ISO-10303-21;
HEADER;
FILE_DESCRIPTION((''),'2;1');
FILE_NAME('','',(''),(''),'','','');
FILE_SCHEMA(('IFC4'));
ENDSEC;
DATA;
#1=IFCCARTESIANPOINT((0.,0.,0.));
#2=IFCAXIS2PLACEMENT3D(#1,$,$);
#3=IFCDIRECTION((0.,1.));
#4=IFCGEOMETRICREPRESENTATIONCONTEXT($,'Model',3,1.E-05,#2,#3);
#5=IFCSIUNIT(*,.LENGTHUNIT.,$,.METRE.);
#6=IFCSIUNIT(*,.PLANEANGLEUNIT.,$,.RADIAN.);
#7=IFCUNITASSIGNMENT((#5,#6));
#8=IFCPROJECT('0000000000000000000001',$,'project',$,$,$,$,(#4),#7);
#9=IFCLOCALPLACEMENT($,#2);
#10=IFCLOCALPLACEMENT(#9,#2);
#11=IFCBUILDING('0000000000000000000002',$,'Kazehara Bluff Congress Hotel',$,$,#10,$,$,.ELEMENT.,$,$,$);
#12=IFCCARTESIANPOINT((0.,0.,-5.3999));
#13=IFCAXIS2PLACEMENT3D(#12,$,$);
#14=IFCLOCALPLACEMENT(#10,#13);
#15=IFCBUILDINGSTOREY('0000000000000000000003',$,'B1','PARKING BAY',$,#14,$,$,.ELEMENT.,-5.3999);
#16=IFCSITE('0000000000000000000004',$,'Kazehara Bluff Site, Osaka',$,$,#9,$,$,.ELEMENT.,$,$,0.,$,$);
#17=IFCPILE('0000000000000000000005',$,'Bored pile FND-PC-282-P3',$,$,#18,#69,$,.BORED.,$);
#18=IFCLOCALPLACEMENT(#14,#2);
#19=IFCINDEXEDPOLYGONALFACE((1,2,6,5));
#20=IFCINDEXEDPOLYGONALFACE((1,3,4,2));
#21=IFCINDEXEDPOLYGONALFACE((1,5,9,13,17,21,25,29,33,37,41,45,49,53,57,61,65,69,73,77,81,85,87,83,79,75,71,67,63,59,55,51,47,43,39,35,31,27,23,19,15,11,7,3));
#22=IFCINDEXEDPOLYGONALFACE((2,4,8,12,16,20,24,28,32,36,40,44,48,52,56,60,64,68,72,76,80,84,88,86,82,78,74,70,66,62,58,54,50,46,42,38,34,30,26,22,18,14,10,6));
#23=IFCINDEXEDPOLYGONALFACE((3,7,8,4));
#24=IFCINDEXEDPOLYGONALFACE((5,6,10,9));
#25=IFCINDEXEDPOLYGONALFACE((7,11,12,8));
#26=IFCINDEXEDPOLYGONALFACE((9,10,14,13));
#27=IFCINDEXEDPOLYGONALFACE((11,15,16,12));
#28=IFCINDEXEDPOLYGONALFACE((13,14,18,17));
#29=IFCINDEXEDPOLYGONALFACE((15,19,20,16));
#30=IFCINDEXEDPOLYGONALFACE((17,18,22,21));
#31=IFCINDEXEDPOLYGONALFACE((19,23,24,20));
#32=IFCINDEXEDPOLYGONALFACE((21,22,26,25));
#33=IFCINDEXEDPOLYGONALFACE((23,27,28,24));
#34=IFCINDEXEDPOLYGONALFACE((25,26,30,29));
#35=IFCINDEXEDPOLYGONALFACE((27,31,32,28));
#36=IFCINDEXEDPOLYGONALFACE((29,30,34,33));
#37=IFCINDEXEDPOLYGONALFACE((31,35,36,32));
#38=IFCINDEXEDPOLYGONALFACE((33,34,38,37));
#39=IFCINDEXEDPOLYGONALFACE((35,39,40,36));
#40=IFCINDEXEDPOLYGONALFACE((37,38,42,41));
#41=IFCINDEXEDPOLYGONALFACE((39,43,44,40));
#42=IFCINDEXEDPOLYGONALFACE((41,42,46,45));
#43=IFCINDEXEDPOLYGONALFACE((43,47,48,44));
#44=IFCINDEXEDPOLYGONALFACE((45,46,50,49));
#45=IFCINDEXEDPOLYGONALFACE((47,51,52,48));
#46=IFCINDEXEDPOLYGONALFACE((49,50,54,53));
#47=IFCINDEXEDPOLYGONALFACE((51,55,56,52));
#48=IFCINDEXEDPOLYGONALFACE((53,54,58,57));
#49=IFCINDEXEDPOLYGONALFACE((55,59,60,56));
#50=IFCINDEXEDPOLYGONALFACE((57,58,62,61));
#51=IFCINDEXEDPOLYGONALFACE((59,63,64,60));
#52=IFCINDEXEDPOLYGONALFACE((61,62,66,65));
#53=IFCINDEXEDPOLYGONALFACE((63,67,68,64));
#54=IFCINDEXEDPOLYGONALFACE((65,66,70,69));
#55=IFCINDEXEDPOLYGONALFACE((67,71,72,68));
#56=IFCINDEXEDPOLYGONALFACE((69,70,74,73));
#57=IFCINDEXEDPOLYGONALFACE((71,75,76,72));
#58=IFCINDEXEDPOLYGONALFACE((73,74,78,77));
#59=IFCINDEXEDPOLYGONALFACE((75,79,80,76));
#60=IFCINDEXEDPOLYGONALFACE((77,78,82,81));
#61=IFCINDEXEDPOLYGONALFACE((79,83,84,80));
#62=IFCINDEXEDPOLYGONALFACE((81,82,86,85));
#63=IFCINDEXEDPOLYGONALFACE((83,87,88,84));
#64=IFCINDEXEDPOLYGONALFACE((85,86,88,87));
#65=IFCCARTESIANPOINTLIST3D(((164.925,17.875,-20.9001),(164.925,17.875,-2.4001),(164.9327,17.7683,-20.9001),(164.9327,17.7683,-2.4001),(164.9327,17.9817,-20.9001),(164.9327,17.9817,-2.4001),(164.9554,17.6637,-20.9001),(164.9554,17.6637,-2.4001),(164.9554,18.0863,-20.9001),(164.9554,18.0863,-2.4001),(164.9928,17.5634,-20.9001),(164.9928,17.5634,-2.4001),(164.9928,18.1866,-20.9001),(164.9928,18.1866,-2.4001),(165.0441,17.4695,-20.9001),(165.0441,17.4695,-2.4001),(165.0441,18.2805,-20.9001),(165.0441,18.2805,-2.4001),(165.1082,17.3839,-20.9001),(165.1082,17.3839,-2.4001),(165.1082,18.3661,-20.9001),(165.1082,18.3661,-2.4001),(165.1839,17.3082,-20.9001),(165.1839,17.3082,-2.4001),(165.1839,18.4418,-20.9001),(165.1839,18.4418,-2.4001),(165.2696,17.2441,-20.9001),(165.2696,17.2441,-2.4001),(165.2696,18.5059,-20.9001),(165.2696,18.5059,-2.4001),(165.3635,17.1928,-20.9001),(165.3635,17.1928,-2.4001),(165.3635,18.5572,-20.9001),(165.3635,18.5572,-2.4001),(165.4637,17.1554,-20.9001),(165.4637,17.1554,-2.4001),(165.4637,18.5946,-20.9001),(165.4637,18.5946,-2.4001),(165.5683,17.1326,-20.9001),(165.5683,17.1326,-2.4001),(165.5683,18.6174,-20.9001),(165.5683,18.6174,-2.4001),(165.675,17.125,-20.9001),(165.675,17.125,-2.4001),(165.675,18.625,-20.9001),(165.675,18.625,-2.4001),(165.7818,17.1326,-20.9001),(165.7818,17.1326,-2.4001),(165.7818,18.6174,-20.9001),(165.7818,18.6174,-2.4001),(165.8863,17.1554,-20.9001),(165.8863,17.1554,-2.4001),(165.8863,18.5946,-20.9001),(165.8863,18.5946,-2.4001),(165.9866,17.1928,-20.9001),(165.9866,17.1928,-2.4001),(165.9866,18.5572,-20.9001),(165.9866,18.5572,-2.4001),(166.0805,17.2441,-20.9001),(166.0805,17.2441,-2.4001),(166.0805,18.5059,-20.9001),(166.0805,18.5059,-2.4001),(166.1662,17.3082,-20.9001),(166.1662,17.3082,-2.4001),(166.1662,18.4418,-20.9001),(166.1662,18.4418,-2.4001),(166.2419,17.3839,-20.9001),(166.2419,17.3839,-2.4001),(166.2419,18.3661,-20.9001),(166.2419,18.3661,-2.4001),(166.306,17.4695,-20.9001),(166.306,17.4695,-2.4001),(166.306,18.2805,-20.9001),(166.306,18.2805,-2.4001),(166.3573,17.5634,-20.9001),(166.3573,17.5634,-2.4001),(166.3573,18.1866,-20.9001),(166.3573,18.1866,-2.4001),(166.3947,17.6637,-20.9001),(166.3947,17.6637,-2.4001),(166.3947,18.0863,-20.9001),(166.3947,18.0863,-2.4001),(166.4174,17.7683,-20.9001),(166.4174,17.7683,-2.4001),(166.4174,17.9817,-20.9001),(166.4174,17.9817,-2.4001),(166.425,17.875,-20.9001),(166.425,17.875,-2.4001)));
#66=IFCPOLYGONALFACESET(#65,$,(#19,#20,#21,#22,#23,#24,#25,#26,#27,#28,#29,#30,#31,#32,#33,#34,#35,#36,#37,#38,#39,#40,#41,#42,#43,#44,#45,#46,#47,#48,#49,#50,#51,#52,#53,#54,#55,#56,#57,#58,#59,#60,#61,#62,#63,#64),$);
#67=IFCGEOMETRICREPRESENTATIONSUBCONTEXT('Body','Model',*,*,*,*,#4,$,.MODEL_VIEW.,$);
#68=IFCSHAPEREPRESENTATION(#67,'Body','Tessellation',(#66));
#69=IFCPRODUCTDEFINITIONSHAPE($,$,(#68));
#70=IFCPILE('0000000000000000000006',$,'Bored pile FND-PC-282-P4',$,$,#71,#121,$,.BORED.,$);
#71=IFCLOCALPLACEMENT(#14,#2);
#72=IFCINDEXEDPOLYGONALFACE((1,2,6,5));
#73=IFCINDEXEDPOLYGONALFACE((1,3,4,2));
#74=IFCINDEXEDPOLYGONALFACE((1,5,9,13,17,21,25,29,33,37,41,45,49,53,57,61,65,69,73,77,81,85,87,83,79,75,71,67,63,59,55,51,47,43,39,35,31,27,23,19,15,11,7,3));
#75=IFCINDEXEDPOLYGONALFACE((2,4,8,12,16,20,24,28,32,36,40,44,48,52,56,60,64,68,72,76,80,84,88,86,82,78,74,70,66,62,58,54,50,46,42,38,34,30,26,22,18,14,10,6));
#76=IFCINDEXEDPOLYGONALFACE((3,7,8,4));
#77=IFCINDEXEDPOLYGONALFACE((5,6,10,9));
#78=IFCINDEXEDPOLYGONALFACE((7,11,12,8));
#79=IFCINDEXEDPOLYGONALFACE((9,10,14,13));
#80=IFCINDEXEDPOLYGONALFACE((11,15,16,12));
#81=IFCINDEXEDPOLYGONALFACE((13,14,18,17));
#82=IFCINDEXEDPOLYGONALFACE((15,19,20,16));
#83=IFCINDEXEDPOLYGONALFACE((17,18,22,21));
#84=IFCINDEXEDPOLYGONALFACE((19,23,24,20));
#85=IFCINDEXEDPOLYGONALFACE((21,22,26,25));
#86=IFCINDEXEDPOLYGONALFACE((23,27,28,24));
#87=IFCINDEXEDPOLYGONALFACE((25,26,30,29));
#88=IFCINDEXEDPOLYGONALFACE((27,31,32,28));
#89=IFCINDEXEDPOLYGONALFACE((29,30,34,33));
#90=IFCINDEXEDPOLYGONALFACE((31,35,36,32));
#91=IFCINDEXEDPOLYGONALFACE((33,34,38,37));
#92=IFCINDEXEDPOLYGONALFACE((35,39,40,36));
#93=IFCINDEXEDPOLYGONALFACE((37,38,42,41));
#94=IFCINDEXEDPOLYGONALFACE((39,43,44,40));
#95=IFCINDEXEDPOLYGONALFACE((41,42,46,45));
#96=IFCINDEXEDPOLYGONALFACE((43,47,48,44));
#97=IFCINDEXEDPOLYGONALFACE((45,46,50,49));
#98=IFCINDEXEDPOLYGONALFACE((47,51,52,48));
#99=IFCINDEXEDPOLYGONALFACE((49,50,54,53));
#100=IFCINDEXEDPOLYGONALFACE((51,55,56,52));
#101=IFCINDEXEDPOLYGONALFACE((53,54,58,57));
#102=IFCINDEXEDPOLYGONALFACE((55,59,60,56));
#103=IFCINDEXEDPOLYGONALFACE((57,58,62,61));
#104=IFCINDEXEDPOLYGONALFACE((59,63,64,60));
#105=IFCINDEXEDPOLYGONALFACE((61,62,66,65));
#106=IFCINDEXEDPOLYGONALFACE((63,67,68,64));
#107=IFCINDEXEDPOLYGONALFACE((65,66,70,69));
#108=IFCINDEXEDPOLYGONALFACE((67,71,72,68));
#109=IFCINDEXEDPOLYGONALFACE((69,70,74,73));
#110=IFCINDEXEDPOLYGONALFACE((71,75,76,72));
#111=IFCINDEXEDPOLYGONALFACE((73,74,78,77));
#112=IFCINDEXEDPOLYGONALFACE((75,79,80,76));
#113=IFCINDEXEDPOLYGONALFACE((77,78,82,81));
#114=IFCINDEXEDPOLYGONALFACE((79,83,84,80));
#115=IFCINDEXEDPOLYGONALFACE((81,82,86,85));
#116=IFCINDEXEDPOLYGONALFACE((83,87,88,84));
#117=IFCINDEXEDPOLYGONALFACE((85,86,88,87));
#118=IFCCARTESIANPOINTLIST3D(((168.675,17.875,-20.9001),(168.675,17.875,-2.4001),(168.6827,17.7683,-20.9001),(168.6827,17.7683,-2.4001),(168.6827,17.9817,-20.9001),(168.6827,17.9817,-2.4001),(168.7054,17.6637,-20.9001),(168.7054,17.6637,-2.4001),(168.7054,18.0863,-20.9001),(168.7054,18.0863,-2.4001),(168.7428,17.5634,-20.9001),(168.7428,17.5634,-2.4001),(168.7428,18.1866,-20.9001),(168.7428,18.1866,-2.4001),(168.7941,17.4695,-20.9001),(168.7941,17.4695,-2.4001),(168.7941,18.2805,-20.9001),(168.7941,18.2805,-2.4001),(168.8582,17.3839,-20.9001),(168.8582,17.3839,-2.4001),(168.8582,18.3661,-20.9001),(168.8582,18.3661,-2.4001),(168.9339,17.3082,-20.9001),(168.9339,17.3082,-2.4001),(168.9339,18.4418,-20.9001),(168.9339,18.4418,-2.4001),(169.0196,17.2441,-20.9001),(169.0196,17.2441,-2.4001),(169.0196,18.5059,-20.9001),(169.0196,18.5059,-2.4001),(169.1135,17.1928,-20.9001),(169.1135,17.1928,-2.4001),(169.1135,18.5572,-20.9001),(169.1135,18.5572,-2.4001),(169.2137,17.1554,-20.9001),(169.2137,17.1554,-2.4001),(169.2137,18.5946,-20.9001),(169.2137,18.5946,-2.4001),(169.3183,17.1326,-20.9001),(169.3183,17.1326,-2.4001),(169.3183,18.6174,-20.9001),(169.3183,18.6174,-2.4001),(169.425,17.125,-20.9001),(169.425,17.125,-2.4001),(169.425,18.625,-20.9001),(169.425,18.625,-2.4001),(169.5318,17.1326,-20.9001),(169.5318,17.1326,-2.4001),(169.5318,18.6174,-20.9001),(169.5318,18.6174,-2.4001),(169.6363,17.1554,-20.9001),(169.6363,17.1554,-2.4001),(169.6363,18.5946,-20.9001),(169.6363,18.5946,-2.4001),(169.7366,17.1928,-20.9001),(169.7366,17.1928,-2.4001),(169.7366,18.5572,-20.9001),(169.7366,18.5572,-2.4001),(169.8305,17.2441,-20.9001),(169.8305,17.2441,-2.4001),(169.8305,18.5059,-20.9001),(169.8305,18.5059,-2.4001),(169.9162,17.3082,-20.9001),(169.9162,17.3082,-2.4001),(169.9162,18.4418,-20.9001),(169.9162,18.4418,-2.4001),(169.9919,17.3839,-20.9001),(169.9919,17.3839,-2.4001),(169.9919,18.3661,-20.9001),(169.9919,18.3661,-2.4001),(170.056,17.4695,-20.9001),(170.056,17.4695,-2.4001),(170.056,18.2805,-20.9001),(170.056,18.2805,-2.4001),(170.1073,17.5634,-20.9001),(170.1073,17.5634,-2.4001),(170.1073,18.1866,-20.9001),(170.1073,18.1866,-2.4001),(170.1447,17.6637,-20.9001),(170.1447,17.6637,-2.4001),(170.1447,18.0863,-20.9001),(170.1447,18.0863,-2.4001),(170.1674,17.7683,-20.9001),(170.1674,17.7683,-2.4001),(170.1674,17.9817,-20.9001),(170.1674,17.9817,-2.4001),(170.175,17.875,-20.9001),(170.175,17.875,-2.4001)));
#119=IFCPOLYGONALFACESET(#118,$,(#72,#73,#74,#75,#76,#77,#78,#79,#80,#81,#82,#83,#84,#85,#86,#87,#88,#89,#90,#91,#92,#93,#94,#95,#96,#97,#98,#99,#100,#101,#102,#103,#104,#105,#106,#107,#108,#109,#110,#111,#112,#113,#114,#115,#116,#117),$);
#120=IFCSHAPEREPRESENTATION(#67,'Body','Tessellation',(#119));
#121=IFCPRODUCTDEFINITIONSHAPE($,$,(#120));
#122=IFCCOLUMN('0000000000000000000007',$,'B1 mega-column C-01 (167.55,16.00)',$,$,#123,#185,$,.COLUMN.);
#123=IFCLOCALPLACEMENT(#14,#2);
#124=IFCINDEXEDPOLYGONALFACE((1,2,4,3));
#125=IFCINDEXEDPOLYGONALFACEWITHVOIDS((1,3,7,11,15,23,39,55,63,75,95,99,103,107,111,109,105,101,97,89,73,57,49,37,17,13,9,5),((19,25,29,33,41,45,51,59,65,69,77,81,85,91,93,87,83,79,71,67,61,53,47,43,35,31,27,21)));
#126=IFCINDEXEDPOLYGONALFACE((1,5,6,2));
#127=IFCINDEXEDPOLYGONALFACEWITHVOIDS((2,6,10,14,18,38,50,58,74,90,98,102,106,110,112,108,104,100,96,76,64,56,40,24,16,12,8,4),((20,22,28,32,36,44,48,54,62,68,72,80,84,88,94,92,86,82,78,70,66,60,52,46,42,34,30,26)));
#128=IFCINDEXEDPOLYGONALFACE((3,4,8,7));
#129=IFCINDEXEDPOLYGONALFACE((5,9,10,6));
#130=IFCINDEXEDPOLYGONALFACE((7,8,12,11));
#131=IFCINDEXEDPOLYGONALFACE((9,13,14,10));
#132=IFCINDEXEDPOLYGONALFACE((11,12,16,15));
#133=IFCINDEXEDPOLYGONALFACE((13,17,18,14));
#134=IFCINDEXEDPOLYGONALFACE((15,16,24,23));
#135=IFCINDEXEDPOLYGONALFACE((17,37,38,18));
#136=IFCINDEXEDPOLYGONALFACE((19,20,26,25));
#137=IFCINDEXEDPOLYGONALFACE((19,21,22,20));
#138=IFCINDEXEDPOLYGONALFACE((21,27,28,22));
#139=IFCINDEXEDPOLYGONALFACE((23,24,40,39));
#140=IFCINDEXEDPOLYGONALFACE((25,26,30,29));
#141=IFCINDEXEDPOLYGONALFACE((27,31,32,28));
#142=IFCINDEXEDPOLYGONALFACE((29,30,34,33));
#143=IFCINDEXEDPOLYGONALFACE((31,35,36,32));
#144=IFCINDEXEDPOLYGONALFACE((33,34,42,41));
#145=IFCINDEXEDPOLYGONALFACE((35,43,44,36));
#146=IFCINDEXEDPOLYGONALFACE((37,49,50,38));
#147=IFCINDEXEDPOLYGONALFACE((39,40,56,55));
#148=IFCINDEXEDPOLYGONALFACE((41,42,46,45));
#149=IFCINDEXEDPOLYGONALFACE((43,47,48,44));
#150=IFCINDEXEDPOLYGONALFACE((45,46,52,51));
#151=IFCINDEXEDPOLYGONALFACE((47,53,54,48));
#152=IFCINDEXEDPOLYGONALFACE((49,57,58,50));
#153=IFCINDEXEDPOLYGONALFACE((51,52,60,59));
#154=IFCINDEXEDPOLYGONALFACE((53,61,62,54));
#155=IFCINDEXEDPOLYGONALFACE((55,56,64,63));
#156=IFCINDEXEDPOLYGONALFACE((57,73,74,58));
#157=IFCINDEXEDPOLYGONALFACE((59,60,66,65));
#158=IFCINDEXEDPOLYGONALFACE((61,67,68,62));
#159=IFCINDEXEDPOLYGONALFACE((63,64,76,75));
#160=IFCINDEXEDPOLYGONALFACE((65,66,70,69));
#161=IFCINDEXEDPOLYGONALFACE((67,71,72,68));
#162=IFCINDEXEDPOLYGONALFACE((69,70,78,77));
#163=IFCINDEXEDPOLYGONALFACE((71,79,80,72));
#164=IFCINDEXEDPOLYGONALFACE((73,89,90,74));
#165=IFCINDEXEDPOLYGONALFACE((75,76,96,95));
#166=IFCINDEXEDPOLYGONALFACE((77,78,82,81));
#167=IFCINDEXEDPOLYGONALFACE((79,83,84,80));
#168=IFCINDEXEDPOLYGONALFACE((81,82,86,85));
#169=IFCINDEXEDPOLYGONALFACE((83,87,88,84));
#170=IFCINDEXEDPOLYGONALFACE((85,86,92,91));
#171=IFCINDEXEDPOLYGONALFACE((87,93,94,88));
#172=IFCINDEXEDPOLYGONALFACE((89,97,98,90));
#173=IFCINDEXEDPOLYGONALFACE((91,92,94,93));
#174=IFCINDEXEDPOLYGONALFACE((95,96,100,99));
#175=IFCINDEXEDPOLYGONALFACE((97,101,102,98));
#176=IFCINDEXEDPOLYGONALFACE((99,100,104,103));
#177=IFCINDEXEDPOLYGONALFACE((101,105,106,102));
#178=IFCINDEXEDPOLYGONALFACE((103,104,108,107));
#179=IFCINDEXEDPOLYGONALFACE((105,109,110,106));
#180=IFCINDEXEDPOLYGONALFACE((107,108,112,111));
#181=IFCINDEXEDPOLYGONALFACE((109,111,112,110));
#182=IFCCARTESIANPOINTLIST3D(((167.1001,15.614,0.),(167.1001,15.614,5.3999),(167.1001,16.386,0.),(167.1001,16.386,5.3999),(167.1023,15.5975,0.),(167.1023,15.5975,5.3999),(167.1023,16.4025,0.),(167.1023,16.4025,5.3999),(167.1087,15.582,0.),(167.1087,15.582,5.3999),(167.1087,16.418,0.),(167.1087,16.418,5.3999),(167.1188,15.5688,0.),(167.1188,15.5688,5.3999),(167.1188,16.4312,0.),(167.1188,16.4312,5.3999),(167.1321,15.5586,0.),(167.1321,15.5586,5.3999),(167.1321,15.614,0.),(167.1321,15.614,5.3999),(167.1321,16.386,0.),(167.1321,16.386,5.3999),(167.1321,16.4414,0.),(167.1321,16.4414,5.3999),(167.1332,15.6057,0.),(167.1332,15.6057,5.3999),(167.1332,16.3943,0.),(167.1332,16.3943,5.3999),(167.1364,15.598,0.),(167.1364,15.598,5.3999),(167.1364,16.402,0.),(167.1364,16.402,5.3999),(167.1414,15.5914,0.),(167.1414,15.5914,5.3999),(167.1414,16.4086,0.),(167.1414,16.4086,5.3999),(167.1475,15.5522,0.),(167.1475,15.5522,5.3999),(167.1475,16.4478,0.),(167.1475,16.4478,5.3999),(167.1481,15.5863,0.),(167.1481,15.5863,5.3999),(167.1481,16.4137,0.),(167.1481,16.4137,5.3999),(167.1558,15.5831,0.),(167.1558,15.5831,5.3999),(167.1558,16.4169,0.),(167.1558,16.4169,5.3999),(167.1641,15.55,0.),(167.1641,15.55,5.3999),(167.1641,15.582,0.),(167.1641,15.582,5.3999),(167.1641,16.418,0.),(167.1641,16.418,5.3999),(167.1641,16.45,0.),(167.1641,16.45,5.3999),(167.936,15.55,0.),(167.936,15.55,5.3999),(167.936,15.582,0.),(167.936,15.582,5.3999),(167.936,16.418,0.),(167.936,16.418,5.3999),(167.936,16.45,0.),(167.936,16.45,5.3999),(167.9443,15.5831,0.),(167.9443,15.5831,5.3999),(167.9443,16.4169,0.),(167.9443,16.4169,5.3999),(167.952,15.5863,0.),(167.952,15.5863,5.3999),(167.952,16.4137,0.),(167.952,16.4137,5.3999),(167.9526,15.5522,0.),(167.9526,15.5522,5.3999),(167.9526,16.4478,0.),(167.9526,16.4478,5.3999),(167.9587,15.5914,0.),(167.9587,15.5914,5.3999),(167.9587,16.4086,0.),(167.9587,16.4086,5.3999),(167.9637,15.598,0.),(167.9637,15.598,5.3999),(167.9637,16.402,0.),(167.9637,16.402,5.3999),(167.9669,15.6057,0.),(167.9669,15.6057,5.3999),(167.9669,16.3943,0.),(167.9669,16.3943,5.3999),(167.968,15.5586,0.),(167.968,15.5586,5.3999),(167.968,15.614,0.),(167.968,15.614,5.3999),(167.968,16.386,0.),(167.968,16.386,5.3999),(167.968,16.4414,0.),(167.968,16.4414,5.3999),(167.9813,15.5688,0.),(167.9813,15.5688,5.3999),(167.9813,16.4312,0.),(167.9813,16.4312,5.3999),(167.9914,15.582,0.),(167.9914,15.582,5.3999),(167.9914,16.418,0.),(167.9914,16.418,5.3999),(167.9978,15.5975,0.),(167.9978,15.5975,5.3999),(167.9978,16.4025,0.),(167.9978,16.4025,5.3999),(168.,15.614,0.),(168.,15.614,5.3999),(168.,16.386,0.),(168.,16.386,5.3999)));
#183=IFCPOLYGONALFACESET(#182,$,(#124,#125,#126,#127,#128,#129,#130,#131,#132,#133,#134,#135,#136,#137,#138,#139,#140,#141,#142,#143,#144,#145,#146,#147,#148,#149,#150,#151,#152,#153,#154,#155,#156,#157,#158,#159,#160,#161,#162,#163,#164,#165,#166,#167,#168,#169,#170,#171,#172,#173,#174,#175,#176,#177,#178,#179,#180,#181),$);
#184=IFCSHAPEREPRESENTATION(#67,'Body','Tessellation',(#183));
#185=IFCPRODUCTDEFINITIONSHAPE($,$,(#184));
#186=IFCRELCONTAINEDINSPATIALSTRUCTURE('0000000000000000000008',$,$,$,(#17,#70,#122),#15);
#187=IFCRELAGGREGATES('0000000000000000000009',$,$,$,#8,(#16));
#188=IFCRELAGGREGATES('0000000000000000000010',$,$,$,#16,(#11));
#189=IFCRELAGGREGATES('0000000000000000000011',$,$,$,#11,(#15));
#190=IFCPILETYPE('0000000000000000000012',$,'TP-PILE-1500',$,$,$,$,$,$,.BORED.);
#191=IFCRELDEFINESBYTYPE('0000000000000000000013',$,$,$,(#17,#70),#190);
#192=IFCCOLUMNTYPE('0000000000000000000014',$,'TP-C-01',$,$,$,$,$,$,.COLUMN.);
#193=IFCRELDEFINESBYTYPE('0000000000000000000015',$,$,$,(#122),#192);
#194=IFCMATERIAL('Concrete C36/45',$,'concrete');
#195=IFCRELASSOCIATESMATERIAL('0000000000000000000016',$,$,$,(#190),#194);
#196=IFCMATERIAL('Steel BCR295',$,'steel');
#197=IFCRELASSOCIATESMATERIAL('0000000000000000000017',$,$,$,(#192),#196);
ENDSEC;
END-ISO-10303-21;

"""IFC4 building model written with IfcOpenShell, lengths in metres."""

from ifc_helpers import new_model, si_unit, direction, frame, origin, origin_2d, place, context, subcontext, project, spatial, hollow_rectangle, circle, extrude, material, material_profile, profile_set, type_object, element, save


model = new_model("IFC4")

# Units and contexts
model_context = context("Model", 3, precision=1e-05, world=origin(), true_north=direction((0.0, 1.0)))
body_context = subcontext(model_context, "Body", "Model", "MODEL_VIEW")
ifc_project = project(units=[si_unit("LENGTHUNIT", "METRE"), si_unit("PLANEANGLEUNIT", "RADIAN")], contexts=[model_context])

# Site, building, storey
site_placement = place(None, origin())
site = spatial("IfcSite", under=ifc_project, at=site_placement, Name="Kazehara Bluff Site, Osaka", CompositionType="ELEMENT", RefElevation=0.0)
building_placement = place(site_placement, origin())
building = spatial("IfcBuilding", under=site, at=building_placement, Name="Kazehara Bluff Congress Hotel", CompositionType="ELEMENT")
storey_placement = place(building_placement, frame((0.0, 0.0, -5.3999)))
storey = spatial("IfcBuildingStorey", under=building, at=storey_placement, Name="B1", Description="PARKING BAY", CompositionType="ELEMENT", Elevation=-5.3999)

# Piles
ifc_material_1 = material(Name="Concrete C36/45", Category="concrete")
ifc_material_profile_1 = material_profile(ifc_material_1, circle(Radius=0.75, at=origin_2d()))
ifc_profile_set_1 = profile_set([ifc_material_profile_1], Name="Concrete C36/45")
pile_type_1 = type_object("IfcPileType", Name="TP-PILE-1500", PredefinedType="BORED", material=ifc_profile_set_1)
for number, where, z_axis, x_axis, name in (
    (1, (165.675, 17.875, -2.4001), (0.0, 0.0, -1.0), (1.0, 0.0, 0.0), "Bored pile FND-PC-282-P3"),
    (2, (169.425, 17.875, -2.4001), (0.0, 0.0, -1.0), (1.0, 0.0, 0.0), "Bored pile FND-PC-282-P4"),
):
    element("IfcPile", number, at=place(storey_placement, frame(where, z_axis=z_axis, x_axis=x_axis)), inside=storey, type_object=pile_type_1, Name=name, PredefinedType="BORED", context=body_context, shape_type="SweptSolid", body=[
        extrude(circle(Radius=0.75, at=origin_2d()), origin(), (0.0, 0.0, 1.0), 18.5),
    ])

# Column
ifc_material_2 = material(Name="Steel BCR295", Category="steel")
ifc_material_profile_2 = material_profile(ifc_material_2, hollow_rectangle(XDim=0.8999, YDim=0.8999, WallThickness=0.032, InnerFilletRadius=0.032, OuterFilletRadius=0.064, at=origin_2d()))
ifc_profile_set_2 = profile_set([ifc_material_profile_2], Name="Steel BCR295")
column_type = type_object("IfcColumnType", Name="TP-C-01", PredefinedType="COLUMN", material=ifc_profile_set_2)
for number, where, z_axis, x_axis, name in (
    (3, (167.55, 16.0, 0.0), (0.0, 0.0, 1.0), (1.0, 0.0, 0.0), "B1 mega-column C-01 (167.55,16.00)"),
):
    element("IfcColumn", number, at=place(storey_placement, frame(where, z_axis=z_axis, x_axis=x_axis)), inside=storey, type_object=column_type, Name=name, PredefinedType="COLUMN", context=body_context, shape_type="SweptSolid", body=[
        extrude(hollow_rectangle(XDim=0.8999, YDim=0.8999, WallThickness=0.032, InnerFilletRadius=0.032, OuterFilletRadius=0.064, at=origin_2d()), origin(), (0.0, 0.0, 1.0), 5.3999),
    ])

save(model, "model.ifc")
